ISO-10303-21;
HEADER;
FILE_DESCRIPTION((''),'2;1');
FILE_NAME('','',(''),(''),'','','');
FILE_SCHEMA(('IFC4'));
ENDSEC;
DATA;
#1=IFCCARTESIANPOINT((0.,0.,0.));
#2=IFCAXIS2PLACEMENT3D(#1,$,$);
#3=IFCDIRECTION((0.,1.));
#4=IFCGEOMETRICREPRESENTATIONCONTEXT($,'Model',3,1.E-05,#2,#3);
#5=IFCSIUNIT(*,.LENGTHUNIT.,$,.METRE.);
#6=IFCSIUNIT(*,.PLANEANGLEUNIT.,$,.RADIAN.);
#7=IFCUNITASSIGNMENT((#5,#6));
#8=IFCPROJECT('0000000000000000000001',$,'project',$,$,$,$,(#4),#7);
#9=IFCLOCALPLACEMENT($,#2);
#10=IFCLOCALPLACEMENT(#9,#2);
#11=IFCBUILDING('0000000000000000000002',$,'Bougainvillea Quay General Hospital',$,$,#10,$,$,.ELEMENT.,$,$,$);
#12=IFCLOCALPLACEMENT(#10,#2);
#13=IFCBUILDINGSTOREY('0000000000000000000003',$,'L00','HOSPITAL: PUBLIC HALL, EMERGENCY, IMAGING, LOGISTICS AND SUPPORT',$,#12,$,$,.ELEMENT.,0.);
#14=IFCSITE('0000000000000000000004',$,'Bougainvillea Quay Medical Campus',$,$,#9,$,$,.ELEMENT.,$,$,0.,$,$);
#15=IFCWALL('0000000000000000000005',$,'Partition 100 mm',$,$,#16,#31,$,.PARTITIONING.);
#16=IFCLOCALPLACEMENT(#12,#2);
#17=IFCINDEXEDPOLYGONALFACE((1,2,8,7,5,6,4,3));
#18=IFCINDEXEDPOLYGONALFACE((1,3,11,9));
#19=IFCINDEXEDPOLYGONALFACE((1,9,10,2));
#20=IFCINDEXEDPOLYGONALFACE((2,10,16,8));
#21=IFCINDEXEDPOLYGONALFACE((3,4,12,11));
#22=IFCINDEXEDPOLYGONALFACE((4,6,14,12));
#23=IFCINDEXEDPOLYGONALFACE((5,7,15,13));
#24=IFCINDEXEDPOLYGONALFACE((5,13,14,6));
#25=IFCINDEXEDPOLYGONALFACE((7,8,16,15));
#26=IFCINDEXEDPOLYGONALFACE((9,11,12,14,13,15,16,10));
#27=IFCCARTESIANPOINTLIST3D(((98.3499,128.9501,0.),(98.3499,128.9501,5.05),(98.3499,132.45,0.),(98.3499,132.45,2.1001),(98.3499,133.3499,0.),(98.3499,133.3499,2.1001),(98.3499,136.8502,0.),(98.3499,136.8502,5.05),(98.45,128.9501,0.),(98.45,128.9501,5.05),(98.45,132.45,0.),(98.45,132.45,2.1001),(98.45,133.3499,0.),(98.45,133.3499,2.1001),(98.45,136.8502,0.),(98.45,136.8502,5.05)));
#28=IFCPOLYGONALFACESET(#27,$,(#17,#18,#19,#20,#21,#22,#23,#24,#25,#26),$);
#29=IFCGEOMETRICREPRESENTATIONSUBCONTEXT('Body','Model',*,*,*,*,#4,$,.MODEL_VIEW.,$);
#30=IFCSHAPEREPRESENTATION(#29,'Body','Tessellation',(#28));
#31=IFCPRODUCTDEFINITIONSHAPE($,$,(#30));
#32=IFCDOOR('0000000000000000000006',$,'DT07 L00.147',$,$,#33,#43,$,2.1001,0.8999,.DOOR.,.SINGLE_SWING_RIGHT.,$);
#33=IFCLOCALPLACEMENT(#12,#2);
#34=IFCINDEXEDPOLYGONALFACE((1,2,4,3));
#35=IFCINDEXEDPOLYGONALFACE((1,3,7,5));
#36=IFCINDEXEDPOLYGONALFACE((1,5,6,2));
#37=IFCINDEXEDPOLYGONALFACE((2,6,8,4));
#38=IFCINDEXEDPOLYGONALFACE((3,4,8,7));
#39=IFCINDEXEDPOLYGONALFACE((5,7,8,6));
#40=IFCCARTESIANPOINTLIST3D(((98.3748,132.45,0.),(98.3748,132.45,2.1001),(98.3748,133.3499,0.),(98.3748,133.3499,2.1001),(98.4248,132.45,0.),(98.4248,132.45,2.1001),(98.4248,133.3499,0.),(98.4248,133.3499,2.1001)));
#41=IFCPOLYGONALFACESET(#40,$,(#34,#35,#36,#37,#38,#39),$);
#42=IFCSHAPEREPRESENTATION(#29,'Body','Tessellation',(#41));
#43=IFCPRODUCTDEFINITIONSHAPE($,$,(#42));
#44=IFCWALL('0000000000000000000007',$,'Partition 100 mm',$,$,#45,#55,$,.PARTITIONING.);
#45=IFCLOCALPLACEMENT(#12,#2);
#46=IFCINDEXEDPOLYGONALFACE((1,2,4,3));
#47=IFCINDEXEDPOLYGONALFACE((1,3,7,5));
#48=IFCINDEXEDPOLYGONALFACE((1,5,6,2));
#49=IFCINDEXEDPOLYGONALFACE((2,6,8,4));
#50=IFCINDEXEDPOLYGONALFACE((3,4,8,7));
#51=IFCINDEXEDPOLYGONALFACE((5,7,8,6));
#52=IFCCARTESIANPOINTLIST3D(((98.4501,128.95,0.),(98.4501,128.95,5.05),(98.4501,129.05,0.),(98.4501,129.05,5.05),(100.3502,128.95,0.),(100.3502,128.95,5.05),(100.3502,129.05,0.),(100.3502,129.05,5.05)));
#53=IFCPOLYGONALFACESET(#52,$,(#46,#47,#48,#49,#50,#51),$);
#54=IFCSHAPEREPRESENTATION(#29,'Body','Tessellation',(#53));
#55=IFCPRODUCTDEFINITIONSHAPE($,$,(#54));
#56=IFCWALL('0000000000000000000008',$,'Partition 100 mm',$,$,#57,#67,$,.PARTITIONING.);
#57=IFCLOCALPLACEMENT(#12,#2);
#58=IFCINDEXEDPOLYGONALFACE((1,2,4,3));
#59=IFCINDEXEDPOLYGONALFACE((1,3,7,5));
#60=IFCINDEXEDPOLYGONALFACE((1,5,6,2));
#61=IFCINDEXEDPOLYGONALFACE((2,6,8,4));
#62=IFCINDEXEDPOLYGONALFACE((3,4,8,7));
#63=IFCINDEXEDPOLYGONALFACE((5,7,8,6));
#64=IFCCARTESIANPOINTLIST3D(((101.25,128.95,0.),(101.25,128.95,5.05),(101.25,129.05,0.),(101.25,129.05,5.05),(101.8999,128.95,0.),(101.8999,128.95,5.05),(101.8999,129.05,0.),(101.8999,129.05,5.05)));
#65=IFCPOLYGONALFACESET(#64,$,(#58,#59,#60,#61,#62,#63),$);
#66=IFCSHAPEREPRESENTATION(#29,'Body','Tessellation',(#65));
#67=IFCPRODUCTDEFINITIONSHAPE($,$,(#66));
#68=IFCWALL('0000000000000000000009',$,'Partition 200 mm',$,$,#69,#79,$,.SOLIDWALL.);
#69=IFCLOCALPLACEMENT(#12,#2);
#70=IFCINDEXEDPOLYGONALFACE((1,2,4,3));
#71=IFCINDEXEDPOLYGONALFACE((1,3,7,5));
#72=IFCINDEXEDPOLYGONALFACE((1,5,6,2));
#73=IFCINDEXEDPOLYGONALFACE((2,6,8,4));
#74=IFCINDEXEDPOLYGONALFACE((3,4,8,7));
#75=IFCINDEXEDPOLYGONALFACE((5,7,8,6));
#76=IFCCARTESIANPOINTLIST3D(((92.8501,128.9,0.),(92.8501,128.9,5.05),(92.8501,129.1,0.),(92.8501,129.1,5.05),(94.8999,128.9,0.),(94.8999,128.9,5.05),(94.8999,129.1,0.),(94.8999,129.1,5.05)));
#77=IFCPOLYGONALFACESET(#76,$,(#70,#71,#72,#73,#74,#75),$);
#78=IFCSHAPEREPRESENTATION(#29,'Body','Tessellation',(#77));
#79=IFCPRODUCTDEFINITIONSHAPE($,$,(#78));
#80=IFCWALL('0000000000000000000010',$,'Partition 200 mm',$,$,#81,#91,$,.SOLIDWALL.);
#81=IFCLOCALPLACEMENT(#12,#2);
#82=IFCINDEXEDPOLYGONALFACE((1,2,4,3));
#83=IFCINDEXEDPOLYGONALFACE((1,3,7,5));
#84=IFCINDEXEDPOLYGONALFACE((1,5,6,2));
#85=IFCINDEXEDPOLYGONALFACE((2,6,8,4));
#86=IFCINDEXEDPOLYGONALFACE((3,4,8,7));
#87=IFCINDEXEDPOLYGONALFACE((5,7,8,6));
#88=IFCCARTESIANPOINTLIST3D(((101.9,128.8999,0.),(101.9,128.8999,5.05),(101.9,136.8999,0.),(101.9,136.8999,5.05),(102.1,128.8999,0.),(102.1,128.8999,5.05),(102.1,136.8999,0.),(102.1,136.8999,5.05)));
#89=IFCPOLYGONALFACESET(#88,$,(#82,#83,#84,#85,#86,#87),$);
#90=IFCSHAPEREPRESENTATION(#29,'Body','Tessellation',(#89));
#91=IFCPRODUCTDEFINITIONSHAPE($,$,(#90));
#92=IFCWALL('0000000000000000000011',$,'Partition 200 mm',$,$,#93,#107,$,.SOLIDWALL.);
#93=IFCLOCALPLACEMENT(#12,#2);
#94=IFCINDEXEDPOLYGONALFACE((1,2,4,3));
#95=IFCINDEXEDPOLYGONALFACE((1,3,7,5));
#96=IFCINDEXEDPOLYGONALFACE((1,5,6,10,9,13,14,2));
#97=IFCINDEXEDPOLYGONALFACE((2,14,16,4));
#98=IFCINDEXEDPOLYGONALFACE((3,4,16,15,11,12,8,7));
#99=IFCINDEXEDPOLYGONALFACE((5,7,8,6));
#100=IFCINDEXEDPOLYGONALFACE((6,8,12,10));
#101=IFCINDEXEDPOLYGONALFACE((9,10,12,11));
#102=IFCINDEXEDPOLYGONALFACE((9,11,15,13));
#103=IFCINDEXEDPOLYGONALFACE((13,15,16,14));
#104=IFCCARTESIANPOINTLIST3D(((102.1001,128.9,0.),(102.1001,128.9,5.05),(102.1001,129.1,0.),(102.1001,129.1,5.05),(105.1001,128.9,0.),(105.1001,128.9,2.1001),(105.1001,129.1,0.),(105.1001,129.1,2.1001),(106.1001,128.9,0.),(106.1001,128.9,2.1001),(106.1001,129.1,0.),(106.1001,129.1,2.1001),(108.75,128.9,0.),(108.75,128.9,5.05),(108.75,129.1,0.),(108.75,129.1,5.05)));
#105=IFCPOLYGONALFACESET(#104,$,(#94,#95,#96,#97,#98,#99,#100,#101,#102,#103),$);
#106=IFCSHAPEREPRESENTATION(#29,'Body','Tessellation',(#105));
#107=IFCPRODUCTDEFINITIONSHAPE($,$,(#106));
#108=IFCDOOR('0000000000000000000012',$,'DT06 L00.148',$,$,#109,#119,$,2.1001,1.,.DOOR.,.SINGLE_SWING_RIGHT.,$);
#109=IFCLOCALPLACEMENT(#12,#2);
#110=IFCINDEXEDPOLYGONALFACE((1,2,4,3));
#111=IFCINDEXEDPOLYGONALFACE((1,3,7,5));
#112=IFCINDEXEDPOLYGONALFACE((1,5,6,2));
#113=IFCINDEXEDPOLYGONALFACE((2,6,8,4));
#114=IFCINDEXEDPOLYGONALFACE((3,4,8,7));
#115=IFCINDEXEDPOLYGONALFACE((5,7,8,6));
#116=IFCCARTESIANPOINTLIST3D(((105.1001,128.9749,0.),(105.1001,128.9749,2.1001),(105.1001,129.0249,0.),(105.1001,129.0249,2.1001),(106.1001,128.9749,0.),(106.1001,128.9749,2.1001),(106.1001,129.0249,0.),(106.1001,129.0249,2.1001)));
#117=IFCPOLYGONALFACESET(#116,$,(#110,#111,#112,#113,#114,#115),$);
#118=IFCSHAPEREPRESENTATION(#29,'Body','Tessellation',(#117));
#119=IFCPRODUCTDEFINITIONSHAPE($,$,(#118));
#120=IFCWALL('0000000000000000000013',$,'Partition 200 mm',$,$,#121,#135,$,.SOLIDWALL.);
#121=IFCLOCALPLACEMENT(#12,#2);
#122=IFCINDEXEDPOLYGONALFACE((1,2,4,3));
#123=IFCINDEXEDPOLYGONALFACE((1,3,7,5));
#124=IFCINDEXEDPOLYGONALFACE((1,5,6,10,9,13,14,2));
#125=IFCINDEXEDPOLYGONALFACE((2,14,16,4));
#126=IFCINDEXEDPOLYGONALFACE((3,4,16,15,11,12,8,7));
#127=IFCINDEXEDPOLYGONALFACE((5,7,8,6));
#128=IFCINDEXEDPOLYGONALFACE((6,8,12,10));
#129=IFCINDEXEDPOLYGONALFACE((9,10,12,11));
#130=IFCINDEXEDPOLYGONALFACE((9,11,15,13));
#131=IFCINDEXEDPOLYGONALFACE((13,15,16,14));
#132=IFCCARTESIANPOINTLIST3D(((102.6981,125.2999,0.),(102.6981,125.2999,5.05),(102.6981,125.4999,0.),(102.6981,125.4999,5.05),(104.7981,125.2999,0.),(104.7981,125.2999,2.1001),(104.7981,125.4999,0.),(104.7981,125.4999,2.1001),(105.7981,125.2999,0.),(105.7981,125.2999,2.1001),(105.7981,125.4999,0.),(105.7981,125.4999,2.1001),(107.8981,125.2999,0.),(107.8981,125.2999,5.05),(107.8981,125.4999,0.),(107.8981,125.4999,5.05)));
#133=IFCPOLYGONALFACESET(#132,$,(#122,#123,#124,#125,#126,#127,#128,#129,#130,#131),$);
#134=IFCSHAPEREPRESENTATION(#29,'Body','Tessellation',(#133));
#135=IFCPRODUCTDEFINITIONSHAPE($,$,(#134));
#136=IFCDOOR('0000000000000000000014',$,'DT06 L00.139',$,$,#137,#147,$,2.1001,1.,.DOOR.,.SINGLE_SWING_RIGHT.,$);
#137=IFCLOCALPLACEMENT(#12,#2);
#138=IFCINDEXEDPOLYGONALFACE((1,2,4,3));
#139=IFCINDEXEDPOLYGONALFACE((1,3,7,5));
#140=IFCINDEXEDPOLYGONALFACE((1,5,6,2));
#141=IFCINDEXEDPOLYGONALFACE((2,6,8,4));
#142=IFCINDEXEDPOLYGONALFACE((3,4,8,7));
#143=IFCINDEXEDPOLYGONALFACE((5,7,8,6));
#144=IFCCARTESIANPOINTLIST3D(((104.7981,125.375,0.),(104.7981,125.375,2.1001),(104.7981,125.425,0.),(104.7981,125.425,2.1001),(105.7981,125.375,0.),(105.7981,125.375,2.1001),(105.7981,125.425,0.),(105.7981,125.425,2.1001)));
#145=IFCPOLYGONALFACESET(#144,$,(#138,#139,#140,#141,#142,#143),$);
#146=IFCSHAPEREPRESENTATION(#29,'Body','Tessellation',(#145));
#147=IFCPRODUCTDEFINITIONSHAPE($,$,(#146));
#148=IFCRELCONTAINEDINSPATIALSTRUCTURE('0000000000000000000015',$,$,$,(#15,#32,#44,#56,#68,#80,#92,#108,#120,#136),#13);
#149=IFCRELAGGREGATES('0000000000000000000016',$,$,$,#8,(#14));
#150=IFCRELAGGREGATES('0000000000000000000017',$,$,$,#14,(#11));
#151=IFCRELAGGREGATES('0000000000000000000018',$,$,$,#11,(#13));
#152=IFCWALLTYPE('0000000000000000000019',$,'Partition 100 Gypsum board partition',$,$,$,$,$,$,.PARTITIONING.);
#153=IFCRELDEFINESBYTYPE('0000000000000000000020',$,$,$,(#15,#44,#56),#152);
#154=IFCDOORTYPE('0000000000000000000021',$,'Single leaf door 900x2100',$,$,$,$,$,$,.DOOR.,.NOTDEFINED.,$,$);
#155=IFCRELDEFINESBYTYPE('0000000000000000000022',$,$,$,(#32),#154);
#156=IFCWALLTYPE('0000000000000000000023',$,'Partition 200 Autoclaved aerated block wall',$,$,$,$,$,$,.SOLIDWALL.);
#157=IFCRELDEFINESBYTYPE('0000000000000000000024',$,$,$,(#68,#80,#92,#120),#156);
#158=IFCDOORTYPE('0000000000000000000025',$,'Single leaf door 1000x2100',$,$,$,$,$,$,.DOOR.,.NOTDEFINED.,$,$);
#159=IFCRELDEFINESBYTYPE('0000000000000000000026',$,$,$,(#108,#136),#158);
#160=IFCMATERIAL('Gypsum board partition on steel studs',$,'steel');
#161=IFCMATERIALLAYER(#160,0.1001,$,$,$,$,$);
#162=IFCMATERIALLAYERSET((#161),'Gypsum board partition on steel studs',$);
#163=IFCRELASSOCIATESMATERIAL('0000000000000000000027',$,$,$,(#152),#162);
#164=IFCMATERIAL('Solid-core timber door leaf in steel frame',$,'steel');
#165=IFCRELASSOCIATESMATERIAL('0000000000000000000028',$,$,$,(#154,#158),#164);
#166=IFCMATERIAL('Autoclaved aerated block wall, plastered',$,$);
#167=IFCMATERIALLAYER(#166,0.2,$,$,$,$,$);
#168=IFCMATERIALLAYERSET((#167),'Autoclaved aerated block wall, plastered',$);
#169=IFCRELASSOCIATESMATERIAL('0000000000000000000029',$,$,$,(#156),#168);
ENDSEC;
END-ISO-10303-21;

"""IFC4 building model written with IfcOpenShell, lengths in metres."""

from ifc_helpers import new_model, si_unit, direction, frame, frame_2d, origin, place, context, subcontext, project, spatial, rectangle, extrude, material, layer, layer_set, type_object, element, fill, save


model = new_model("IFC4")

# Units and contexts
model_context = context("Model", 3, precision=1e-05, world=origin(), true_north=direction((0.0, 1.0)))
body_context = subcontext(model_context, "Body", "Model", "MODEL_VIEW")
ifc_project = project(units=[si_unit("LENGTHUNIT", "METRE"), si_unit("PLANEANGLEUNIT", "RADIAN")], contexts=[model_context])

# Site, building, storey
site_placement = place(None, origin())
site = spatial("IfcSite", under=ifc_project, at=site_placement, Name="Bougainvillea Quay Medical Campus", CompositionType="ELEMENT", RefElevation=0.0)
building_placement = place(site_placement, origin())
building = spatial("IfcBuilding", under=site, at=building_placement, Name="Bougainvillea Quay General Hospital", CompositionType="ELEMENT")
storey_placement = place(building_placement, origin())
storey = spatial("IfcBuildingStorey", under=building, at=storey_placement, Name="L00", Description="HOSPITAL: PUBLIC HALL, EMERGENCY, IMAGING, LOGISTICS AND SUPPORT", CompositionType="ELEMENT", Elevation=0.0)

# Wall, opening, door
ifc_material_1 = material(Name="Gypsum board partition on steel studs", Category="steel")
ifc_layer_1 = layer(ifc_material_1, 0.1001)
ifc_layer_set_1 = layer_set([ifc_layer_1], Name="Gypsum board partition on steel studs")
wall_type_1 = type_object("IfcWallType", Name="Partition 100 Gypsum board partition", PredefinedType="PARTITIONING", material=ifc_layer_set_1)
wall_1_placement = place(storey_placement, frame((98.3999, 128.95, 0.0), z_axis=(0.0, 0.0, 1.0), x_axis=(0.0, 1.0, 0.0)))
wall_1 = element("IfcWall", 1, at=wall_1_placement, inside=storey, type_object=wall_type_1, Name="Partition 100 mm", PredefinedType="PARTITIONING", context=body_context, shape_type="SweptSolid", body=[
    extrude(rectangle(XDim=7.9001, YDim=0.1001, at=frame_2d((3.9502, 0.0))), origin(), (0.0, 0.0, 1.0), 5.05),
])
opening_1_placement = place(wall_1_placement, frame((3.5, 0.0, 0.0)))
opening_1 = element("IfcOpeningElement", 2, at=opening_1_placement, cuts=wall_1, PredefinedType="OPENING", context=body_context, shape_type="SweptSolid", body=[
    extrude(rectangle(XDim=0.8999, YDim=2.1001, at=frame_2d((0.45, 1.05))), frame((0.0, 0.0601, 0.0), z_axis=(0.0, -1.0, 0.0), x_axis=(1.0, 0.0, 0.0)), (0.0, 0.0, 1.0), 0.1201),
])
ifc_material_2 = material(Name="Solid-core timber door leaf in steel frame", Category="steel")
door_type_1 = type_object("IfcDoorType", Name="Single leaf door 900x2100", OperationType="NOTDEFINED", PredefinedType="DOOR", material=ifc_material_2)
door_1_placement = place(opening_1_placement, frame((0.8999, 0.0, 0.0), z_axis=(0.0, 0.0, 1.0), x_axis=(-1.0, 0.0, 0.0)))
door_1 = element("IfcDoor", 3, at=door_1_placement, inside=storey, type_object=door_type_1, Name="DT07 L00.147", OperationType="SINGLE_SWING_RIGHT", OverallHeight=2.1001, OverallWidth=0.8999, PredefinedType="DOOR", context=body_context, shape_type="SweptSolid", body=[
    extrude(rectangle(XDim=0.8999, YDim=2.1001, at=frame_2d((0.45, 1.05))), frame((0.0, 0.0249, 0.0), z_axis=(0.0, -1.0, 0.0), x_axis=(1.0, 0.0, 0.0)), (0.0, 0.0, 1.0), 0.05),
])
fill(opening_1, door_1)

# Walls
wall_2_placement = place(storey_placement, frame((98.45, 129.0, 0.0), z_axis=(0.0, 0.0, 1.0), x_axis=(1.0, 0.0, 0.0)))
element("IfcWall", 4, at=wall_2_placement, inside=storey, type_object=wall_type_1, Name="Partition 100 mm", PredefinedType="PARTITIONING", context=body_context, shape_type="SweptSolid", body=[
    extrude(rectangle(XDim=1.9001, YDim=0.1001, at=frame_2d((0.9502, 0.0))), origin(), (0.0, 0.0, 1.0), 5.05),
])
wall_3_placement = place(storey_placement, frame((101.25, 129.0, 0.0), z_axis=(0.0, 0.0, 1.0), x_axis=(1.0, 0.0, 0.0)))
element("IfcWall", 5, at=wall_3_placement, inside=storey, type_object=wall_type_1, Name="Partition 100 mm", PredefinedType="PARTITIONING", context=body_context, shape_type="SweptSolid", body=[
    extrude(rectangle(XDim=0.6499, YDim=0.1001, at=frame_2d((0.325, 0.0))), origin(), (0.0, 0.0, 1.0), 5.05),
])
ifc_material_3 = material(Name="Autoclaved aerated block wall, plastered")
ifc_layer_2 = layer(ifc_material_3, 0.2)
ifc_layer_set_2 = layer_set([ifc_layer_2], Name="Autoclaved aerated block wall, plastered")
wall_type_2 = type_object("IfcWallType", Name="Partition 200 Autoclaved aerated block wall", PredefinedType="SOLIDWALL", material=ifc_layer_set_2)
wall_4_placement = place(storey_placement, frame((92.8501, 129.0, 0.0), z_axis=(0.0, 0.0, 1.0), x_axis=(1.0, 0.0, 0.0)))
element("IfcWall", 6, at=wall_4_placement, inside=storey, type_object=wall_type_2, Name="Partition 200 mm", PredefinedType="SOLIDWALL", context=body_context, shape_type="SweptSolid", body=[
    extrude(rectangle(XDim=2.0498, YDim=0.2, at=frame_2d((1.0249, 0.0))), origin(), (0.0, 0.0, 1.0), 5.05),
])
wall_5_placement = place(storey_placement, frame((102.0, 128.8999, 0.0), z_axis=(0.0, 0.0, 1.0), x_axis=(0.0, 1.0, 0.0)))
element("IfcWall", 7, at=wall_5_placement, inside=storey, type_object=wall_type_2, Name="Partition 200 mm", PredefinedType="SOLIDWALL", context=body_context, shape_type="SweptSolid", body=[
    extrude(rectangle(XDim=8.0, YDim=0.2, at=frame_2d((4.0, 0.0))), origin(), (0.0, 0.0, 1.0), 5.05),
])

# Walls, openings, doors
wall_6_placement = place(storey_placement, frame((102.1001, 129.0, 0.0), z_axis=(0.0, 0.0, 1.0), x_axis=(1.0, 0.0, 0.0)))
wall_6 = element("IfcWall", 8, at=wall_6_placement, inside=storey, type_object=wall_type_2, Name="Partition 200 mm", PredefinedType="SOLIDWALL", context=body_context, shape_type="SweptSolid", body=[
    extrude(rectangle(XDim=6.6499, YDim=0.2, at=frame_2d((3.325, 0.0))), origin(), (0.0, 0.0, 1.0), 5.05),
])
opening_2_placement = place(wall_6_placement, frame((3.0, 0.0, 0.0)))
opening_2 = element("IfcOpeningElement", 9, at=opening_2_placement, cuts=wall_6, PredefinedType="OPENING", context=body_context, shape_type="SweptSolid", body=[
    extrude(rectangle(XDim=1.0, YDim=2.1001, at=frame_2d((0.5, 1.05))), frame((0.0, 0.1099, 0.0), z_axis=(0.0, -1.0, 0.0), x_axis=(1.0, 0.0, 0.0)), (0.0, 0.0, 1.0), 0.22),
])
door_type_2 = type_object("IfcDoorType", Name="Single leaf door 1000x2100", OperationType="NOTDEFINED", PredefinedType="DOOR", material=ifc_material_2)
door_2_placement = place(opening_2_placement, origin())
door_2 = element("IfcDoor", 10, at=door_2_placement, inside=storey, type_object=door_type_2, Name="DT06 L00.148", OperationType="SINGLE_SWING_RIGHT", OverallHeight=2.1001, OverallWidth=1.0, PredefinedType="DOOR", context=body_context, shape_type="SweptSolid", body=[
    extrude(rectangle(XDim=1.0, YDim=2.1001, at=frame_2d((0.5, 1.05))), frame((0.0, 0.0249, 0.0), z_axis=(0.0, -1.0, 0.0), x_axis=(1.0, 0.0, 0.0)), (0.0, 0.0, 1.0), 0.05),
])
fill(opening_2, door_2)
wall_7_placement = place(storey_placement, frame((102.698, 125.3999, 0.0), z_axis=(0.0, 0.0, 1.0), x_axis=(1.0, 0.0, 0.0)))
wall_7 = element("IfcWall", 11, at=wall_7_placement, inside=storey, type_object=wall_type_2, Name="Partition 200 mm", PredefinedType="SOLIDWALL", context=body_context, shape_type="SweptSolid", body=[
    extrude(rectangle(XDim=5.2, YDim=0.2, at=frame_2d((2.6001, 0.0))), origin(), (0.0, 0.0, 1.0), 5.05),
])
opening_3_placement = place(wall_7_placement, frame((2.1001, 0.0, 0.0)))
opening_3 = element("IfcOpeningElement", 12, at=opening_3_placement, cuts=wall_7, PredefinedType="OPENING", context=body_context, shape_type="SweptSolid", body=[
    extrude(rectangle(XDim=1.0, YDim=2.1001, at=frame_2d((0.5, 1.05))), frame((0.0, 0.1099, 0.0), z_axis=(0.0, -1.0, 0.0), x_axis=(1.0, 0.0, 0.0)), (0.0, 0.0, 1.0), 0.22),
])
door_3_placement = place(opening_3_placement, frame((1.0, 0.0, 0.0), z_axis=(0.0, 0.0, 1.0), x_axis=(-1.0, 0.0, 0.0)))
door_3 = element("IfcDoor", 13, at=door_3_placement, inside=storey, type_object=door_type_2, Name="DT06 L00.139", OperationType="SINGLE_SWING_RIGHT", OverallHeight=2.1001, OverallWidth=1.0, PredefinedType="DOOR", context=body_context, shape_type="SweptSolid", body=[
    extrude(rectangle(XDim=1.0, YDim=2.1001, at=frame_2d((0.5, 1.05))), frame((0.0, 0.0249, 0.0), z_axis=(0.0, -1.0, 0.0), x_axis=(1.0, 0.0, 0.0)), (0.0, 0.0, 1.0), 0.05),
])
fill(opening_3, door_3)

save(model, "model.ifc")
